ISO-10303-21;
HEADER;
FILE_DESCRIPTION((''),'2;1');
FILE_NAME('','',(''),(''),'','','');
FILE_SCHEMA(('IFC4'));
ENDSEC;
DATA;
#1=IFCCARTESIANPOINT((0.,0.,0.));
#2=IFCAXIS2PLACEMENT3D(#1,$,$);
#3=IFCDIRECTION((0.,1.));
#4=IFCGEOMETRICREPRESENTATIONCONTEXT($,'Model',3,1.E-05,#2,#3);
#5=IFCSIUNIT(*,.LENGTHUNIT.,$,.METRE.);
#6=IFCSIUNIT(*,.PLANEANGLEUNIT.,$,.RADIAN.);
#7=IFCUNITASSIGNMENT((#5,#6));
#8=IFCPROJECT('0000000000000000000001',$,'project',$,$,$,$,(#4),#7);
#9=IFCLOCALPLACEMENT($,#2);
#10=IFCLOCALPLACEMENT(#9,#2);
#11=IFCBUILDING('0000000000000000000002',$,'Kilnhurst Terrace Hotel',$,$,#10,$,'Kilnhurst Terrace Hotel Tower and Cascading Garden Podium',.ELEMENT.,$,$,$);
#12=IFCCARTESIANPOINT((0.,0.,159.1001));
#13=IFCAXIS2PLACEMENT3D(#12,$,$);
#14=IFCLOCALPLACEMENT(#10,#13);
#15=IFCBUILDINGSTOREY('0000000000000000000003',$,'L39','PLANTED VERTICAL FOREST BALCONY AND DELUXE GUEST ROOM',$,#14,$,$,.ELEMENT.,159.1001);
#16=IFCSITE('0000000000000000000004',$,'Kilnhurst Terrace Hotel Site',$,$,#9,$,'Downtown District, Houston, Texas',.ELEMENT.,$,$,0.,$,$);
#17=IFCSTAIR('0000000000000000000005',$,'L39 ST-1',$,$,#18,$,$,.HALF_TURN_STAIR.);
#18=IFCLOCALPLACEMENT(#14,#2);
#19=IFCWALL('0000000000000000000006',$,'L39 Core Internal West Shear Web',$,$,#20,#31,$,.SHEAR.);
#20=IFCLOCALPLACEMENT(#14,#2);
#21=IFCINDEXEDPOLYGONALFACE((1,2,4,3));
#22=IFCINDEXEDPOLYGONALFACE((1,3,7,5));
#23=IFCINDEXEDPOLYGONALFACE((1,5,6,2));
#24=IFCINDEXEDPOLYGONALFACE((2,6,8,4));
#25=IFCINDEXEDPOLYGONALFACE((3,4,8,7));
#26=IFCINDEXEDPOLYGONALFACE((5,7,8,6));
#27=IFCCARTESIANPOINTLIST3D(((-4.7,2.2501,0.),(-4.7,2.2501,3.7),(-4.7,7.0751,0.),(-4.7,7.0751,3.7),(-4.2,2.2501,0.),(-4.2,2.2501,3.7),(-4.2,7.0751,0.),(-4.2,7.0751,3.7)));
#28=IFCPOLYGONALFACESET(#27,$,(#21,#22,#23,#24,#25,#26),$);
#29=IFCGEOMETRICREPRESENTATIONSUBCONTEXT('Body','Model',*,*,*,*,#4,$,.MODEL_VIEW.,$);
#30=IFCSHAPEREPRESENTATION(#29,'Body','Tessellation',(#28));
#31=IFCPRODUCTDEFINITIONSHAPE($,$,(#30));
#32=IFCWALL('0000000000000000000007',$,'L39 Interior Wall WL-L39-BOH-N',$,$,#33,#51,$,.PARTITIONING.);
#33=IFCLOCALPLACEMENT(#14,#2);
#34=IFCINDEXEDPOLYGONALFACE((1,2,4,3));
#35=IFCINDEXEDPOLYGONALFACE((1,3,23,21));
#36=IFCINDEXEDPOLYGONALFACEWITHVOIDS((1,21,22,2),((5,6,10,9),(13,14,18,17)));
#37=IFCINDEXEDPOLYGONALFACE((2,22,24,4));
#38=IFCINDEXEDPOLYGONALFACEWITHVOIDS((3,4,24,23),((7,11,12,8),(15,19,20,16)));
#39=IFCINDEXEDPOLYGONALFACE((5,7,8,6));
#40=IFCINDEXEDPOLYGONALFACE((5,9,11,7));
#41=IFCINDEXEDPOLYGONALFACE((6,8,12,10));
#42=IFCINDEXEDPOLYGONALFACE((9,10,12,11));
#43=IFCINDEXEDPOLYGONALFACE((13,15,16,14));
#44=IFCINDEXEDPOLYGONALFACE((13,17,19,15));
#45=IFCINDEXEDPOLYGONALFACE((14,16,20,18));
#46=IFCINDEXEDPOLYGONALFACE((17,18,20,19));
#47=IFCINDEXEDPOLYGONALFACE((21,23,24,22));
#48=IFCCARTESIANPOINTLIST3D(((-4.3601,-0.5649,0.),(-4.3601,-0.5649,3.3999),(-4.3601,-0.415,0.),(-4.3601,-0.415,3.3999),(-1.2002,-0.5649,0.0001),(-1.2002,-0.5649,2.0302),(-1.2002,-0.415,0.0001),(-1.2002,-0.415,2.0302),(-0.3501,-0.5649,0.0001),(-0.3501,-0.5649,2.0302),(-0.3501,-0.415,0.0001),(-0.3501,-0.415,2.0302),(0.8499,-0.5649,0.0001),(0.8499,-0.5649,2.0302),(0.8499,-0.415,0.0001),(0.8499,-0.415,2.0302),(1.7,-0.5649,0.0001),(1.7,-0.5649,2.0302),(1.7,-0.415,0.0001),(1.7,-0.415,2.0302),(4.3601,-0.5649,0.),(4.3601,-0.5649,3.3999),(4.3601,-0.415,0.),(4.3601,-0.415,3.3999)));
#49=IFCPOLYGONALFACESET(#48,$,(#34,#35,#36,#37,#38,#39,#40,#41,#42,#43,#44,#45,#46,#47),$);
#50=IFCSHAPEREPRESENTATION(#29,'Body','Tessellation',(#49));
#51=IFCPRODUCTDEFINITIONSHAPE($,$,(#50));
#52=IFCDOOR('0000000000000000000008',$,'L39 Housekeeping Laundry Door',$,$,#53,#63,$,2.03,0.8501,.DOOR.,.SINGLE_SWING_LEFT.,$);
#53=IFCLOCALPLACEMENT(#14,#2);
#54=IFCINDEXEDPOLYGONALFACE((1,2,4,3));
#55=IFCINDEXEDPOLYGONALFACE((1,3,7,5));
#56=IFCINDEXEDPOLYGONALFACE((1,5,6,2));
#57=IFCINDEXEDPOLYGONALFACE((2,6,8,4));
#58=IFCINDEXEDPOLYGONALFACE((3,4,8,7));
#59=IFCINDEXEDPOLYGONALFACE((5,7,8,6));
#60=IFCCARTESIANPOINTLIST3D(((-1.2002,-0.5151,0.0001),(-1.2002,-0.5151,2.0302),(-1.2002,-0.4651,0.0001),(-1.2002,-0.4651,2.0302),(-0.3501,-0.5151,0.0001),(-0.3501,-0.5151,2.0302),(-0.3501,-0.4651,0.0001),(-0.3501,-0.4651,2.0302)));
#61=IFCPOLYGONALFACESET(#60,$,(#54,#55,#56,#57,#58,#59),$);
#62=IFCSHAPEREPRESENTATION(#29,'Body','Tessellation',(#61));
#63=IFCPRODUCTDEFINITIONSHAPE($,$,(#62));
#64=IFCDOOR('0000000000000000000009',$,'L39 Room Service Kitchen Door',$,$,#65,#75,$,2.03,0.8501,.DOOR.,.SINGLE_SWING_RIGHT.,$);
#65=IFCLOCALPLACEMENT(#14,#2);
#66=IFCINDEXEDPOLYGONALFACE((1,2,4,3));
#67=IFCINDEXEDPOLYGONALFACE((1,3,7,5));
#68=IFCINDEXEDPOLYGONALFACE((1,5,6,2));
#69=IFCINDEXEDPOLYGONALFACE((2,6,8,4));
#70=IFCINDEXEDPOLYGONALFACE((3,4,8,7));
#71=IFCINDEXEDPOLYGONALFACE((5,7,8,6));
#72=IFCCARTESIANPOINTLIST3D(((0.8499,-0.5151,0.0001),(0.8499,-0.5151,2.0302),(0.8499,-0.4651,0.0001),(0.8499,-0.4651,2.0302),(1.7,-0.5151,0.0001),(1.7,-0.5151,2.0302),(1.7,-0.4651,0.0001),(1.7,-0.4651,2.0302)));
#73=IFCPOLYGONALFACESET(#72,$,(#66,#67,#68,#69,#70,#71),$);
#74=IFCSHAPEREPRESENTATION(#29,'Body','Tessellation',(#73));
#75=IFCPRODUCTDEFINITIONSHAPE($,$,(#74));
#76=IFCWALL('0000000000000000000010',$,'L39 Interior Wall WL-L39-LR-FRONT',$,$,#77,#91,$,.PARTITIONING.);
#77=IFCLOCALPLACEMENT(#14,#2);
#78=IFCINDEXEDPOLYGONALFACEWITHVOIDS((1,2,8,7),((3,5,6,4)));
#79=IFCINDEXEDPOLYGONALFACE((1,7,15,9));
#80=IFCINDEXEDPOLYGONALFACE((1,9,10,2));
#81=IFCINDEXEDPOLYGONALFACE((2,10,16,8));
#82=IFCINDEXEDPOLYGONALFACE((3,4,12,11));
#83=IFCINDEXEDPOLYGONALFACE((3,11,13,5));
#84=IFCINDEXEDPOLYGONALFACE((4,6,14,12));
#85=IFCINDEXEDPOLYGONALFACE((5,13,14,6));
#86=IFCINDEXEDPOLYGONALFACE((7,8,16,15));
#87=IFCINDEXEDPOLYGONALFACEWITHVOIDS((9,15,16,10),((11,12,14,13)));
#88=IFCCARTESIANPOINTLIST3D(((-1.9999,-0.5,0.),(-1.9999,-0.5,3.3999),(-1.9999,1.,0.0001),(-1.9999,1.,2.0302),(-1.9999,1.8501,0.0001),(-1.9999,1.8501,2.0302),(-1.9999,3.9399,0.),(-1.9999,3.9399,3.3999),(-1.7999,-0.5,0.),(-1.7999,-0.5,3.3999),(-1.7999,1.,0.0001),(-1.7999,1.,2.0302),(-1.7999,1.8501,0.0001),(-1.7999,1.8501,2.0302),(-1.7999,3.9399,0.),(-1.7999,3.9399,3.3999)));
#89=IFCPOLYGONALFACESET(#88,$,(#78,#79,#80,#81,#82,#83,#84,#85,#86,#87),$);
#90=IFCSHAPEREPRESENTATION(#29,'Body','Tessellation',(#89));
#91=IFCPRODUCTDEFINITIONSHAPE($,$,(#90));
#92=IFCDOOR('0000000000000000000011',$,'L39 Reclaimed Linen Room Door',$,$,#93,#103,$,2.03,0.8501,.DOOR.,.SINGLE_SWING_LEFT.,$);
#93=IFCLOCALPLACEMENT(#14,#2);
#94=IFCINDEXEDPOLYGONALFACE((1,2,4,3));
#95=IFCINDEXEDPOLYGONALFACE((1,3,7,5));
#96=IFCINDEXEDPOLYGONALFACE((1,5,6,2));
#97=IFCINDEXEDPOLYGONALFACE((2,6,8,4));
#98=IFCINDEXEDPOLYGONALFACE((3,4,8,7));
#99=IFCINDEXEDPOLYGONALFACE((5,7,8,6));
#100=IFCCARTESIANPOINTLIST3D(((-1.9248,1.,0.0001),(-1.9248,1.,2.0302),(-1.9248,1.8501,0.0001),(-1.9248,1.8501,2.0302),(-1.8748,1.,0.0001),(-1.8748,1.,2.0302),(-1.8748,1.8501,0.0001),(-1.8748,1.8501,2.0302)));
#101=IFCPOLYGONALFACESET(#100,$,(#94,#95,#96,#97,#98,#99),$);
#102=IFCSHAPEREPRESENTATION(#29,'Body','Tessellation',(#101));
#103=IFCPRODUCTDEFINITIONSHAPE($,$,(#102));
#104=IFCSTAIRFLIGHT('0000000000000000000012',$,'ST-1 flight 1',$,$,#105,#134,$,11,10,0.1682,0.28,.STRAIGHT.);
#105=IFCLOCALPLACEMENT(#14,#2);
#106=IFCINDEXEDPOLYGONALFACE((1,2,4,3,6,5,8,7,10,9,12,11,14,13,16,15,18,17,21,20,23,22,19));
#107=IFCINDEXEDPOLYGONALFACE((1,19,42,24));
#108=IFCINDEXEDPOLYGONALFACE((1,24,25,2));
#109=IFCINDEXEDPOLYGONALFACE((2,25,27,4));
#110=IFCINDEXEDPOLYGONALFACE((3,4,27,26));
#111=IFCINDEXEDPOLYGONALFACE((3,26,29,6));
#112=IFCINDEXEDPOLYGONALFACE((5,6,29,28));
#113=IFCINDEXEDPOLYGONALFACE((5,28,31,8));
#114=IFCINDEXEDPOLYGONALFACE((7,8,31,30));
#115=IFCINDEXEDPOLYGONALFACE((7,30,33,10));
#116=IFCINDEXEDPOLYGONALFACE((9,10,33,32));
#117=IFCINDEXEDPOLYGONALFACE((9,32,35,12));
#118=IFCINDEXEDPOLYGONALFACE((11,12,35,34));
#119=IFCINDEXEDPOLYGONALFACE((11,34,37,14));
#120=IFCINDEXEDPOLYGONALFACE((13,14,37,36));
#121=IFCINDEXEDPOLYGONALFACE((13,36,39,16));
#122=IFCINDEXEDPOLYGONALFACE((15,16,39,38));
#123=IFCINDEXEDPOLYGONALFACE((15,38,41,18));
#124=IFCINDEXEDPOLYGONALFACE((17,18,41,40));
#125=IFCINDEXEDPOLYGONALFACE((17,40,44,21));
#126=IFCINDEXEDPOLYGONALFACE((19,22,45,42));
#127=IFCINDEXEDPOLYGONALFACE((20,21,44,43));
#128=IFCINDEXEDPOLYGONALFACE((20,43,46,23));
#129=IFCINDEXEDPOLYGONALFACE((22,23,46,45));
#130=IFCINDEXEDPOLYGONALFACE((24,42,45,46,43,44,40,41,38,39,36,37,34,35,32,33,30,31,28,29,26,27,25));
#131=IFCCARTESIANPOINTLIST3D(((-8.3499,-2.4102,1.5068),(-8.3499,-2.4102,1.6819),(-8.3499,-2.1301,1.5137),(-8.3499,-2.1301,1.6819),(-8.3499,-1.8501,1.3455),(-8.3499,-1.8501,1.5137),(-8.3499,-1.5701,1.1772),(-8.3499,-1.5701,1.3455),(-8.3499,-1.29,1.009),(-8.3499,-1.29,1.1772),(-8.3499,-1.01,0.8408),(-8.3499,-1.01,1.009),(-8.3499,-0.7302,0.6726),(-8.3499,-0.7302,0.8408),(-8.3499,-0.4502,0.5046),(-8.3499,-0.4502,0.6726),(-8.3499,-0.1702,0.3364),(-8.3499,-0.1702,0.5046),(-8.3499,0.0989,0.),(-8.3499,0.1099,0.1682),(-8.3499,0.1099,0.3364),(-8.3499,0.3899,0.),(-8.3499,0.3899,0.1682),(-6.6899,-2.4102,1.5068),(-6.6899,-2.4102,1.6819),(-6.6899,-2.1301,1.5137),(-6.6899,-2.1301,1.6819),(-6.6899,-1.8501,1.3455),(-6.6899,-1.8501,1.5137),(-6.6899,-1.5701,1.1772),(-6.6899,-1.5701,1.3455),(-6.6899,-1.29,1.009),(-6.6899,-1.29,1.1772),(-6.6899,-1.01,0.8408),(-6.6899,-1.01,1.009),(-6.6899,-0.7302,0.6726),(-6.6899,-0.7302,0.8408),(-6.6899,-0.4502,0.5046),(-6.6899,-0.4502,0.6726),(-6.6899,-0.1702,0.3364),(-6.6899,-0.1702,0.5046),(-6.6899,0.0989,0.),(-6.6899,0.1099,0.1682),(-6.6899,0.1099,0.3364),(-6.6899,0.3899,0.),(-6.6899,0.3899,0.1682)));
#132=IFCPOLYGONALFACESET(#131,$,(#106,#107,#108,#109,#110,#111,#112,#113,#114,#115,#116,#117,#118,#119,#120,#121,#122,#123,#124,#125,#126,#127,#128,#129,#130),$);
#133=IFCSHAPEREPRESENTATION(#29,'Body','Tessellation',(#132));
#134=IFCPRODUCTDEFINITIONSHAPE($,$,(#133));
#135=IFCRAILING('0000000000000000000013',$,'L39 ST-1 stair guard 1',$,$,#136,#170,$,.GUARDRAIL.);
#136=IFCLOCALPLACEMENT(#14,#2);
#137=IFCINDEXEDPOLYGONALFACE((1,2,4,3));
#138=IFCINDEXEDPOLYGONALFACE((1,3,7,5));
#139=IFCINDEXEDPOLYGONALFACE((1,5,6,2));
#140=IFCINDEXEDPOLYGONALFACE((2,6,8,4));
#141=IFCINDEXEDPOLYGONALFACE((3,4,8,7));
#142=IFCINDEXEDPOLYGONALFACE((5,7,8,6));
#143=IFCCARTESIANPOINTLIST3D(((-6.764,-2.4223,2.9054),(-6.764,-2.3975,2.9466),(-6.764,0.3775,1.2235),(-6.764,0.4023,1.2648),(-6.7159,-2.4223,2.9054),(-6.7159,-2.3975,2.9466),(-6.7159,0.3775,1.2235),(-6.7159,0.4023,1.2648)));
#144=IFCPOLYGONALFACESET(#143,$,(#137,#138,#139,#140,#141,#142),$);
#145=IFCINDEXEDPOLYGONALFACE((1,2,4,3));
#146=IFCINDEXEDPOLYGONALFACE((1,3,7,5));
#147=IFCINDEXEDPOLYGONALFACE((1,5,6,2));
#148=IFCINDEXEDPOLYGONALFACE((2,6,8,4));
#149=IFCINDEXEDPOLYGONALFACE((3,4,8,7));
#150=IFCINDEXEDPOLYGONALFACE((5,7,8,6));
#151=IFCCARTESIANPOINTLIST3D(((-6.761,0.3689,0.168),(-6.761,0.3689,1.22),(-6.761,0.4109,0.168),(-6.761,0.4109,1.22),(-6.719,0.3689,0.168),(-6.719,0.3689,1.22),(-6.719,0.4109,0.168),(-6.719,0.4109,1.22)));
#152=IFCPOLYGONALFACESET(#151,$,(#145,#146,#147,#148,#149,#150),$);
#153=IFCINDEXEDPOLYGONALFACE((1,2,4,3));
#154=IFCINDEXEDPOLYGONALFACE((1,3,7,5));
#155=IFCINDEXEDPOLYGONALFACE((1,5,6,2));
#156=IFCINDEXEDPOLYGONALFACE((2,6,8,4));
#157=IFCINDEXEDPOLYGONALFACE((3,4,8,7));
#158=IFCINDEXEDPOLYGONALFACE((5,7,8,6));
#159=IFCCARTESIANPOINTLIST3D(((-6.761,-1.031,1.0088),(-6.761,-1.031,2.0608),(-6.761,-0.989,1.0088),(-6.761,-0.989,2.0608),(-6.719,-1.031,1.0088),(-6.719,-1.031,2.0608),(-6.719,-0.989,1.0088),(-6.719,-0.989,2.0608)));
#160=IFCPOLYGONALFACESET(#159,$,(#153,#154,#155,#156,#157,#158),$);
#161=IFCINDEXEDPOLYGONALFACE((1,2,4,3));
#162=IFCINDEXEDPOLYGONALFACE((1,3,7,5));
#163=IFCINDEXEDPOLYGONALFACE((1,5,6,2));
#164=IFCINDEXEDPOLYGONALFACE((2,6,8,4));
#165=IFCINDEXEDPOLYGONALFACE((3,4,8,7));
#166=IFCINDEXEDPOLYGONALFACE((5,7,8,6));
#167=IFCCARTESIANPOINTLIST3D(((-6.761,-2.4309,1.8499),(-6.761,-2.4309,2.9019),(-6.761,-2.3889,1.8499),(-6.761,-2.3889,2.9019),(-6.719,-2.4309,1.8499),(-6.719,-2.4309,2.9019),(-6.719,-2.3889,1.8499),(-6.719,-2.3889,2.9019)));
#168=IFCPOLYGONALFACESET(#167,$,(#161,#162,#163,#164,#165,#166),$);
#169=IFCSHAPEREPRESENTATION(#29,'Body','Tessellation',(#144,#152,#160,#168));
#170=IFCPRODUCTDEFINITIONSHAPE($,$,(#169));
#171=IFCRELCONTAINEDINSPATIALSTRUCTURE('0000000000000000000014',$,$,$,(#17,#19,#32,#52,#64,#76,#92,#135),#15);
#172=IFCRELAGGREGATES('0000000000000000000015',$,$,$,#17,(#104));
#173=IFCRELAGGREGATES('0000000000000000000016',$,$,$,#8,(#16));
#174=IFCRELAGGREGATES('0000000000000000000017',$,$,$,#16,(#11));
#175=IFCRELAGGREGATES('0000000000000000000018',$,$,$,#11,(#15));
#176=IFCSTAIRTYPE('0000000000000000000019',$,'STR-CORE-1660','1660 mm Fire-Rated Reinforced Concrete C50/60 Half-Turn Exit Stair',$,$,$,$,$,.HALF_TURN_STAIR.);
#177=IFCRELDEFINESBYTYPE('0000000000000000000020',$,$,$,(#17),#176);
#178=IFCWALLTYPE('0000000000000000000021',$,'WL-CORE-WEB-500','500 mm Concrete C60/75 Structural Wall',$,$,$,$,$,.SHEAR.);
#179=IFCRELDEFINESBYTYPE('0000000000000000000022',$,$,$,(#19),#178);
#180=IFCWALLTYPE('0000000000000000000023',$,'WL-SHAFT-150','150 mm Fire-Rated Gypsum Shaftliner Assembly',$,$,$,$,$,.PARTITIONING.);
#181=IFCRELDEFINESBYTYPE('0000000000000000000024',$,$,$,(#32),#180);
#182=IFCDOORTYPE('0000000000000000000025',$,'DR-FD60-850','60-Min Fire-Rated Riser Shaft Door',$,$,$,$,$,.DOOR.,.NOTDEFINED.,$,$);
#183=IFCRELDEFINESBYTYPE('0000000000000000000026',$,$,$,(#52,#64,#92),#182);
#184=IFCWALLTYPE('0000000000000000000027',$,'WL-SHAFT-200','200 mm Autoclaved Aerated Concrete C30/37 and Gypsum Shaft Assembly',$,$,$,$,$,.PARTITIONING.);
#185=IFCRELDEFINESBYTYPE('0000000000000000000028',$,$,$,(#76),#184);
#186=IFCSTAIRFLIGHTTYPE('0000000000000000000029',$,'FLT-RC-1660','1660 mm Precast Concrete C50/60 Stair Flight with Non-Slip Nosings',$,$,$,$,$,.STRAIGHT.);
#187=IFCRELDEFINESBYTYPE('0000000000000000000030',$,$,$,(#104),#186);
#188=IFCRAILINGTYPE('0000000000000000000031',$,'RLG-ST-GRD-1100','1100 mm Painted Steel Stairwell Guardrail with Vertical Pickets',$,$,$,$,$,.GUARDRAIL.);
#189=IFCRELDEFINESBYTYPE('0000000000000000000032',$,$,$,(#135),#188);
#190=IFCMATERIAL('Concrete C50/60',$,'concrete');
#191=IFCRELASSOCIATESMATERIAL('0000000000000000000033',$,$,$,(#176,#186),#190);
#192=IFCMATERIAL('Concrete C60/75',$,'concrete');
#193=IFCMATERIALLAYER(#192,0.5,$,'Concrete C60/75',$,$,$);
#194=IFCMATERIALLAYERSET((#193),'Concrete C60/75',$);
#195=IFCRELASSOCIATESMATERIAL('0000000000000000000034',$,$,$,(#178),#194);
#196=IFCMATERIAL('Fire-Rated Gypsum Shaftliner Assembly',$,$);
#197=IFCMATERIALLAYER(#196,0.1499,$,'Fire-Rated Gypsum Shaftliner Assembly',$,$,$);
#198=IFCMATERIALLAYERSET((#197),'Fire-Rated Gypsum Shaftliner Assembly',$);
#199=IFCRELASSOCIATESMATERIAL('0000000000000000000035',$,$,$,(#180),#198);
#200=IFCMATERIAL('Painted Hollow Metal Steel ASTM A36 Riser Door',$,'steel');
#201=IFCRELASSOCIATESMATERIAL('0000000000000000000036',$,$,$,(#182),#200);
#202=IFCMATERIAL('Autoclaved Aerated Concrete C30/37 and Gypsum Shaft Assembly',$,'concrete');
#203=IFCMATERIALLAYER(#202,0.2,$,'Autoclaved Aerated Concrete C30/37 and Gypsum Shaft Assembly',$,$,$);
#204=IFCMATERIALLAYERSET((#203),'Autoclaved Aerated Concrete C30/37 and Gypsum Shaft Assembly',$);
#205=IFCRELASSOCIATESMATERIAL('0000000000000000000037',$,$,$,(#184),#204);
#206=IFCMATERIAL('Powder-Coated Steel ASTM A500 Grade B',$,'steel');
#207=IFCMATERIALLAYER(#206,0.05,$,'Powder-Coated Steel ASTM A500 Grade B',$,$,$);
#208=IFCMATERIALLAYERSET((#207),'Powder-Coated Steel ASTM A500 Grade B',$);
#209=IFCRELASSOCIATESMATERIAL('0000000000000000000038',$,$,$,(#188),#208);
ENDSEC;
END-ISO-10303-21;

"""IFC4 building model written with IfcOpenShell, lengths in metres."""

from ifc_helpers import new_model, si_unit, direction, frame, frame_2d, origin, origin_2d, place, context, subcontext, project, spatial, polyline, rectangle, outline, extrude, material, layer, layer_set, type_object, element, fill, aggregate, save


model = new_model("IFC4")

# Units and contexts
model_context = context("Model", 3, precision=1e-05, world=origin(), true_north=direction((0.0, 1.0)))
body_context = subcontext(model_context, "Body", "Model", "MODEL_VIEW")
ifc_project = project(units=[si_unit("LENGTHUNIT", "METRE"), si_unit("PLANEANGLEUNIT", "RADIAN")], contexts=[model_context])

# Site, building, storey
site_placement = place(None, origin())
site = spatial("IfcSite", under=ifc_project, at=site_placement, Name="Kilnhurst Terrace Hotel Site", LongName="Downtown District, Houston, Texas", CompositionType="ELEMENT", RefElevation=0.0)
building_placement = place(site_placement, origin())
building = spatial("IfcBuilding", under=site, at=building_placement, Name="Kilnhurst Terrace Hotel", LongName="Kilnhurst Terrace Hotel Tower and Cascading Garden Podium", CompositionType="ELEMENT")
storey_placement = place(building_placement, frame((0.0, 0.0, 159.1001)))
storey = spatial("IfcBuildingStorey", under=building, at=storey_placement, Name="L39", Description="PLANTED VERTICAL FOREST BALCONY AND DELUXE GUEST ROOM", CompositionType="ELEMENT", Elevation=159.1001)

# Shared definitions
ifc_material_1 = material(Name="Concrete C50/60", Category="concrete")

# Stair
stair_type = type_object("IfcStairType", Name="STR-CORE-1660", Description="1660 mm Fire-Rated Reinforced Concrete C50/60 Half-Turn Exit Stair", PredefinedType="HALF_TURN_STAIR", material=ifc_material_1)
stair_1_placement = place(storey_placement, origin())
stair_1 = element("IfcStair", 1, at=stair_1_placement, inside=storey, type_object=stair_type, Name="L39 ST-1", PredefinedType="HALF_TURN_STAIR")

# Wall
ifc_material_2 = material(Name="Concrete C60/75", Category="concrete")
ifc_layer_1 = layer(ifc_material_2, 0.5, Name="Concrete C60/75")
ifc_layer_set_1 = layer_set([ifc_layer_1], Name="Concrete C60/75")
wall_type_1 = type_object("IfcWallType", Name="WL-CORE-WEB-500", Description="500 mm Concrete C60/75 Structural Wall", PredefinedType="SHEAR", material=ifc_layer_set_1)
wall_1_placement = place(storey_placement, frame((-4.45, 2.25, 0.0), z_axis=(0.0, 0.0, 1.0), x_axis=(0.0, 1.0, 0.0)))
element("IfcWall", 2, at=wall_1_placement, inside=storey, type_object=wall_type_1, Name="L39 Core Internal West Shear Web", PredefinedType="SHEAR", context=body_context, shape_type="SweptSolid", body=[
    extrude(rectangle(XDim=4.825, YDim=0.5, at=frame_2d((2.4126, 0.0))), origin(), (0.0, 0.0, 1.0), 3.7),
])

# Wall, openings, doors
ifc_material_3 = material(Name="Fire-Rated Gypsum Shaftliner Assembly")
ifc_layer_2 = layer(ifc_material_3, 0.1499, Name="Fire-Rated Gypsum Shaftliner Assembly")
ifc_layer_set_2 = layer_set([ifc_layer_2], Name="Fire-Rated Gypsum Shaftliner Assembly")
wall_type_2 = type_object("IfcWallType", Name="WL-SHAFT-150", Description="150 mm Fire-Rated Gypsum Shaftliner Assembly", PredefinedType="PARTITIONING", material=ifc_layer_set_2)
wall_2_placement = place(storey_placement, frame((-4.3601, -0.49, 0.0), z_axis=(0.0, 0.0, 1.0), x_axis=(1.0, 0.0, 0.0)))
wall_2 = element("IfcWall", 3, at=wall_2_placement, inside=storey, type_object=wall_type_2, Name="L39 Interior Wall WL-L39-BOH-N", PredefinedType="PARTITIONING", context=body_context, shape_type="SweptSolid", body=[
    extrude(rectangle(XDim=8.7202, YDim=0.1499, at=frame_2d((4.3601, 0.0))), origin(), (0.0, 0.0, 1.0), 3.3999),
])
opening_1_placement = place(wall_2_placement, frame((3.1599, 0.0, 0.0)))
opening_1 = element("IfcOpeningElement", 4, at=opening_1_placement, cuts=wall_2, PredefinedType="OPENING", context=body_context, shape_type="SweptSolid", body=[
    extrude(rectangle(XDim=0.8501, YDim=2.03, at=frame_2d((0.425, 1.0151))), frame((0.0, 0.085, 0.0), z_axis=(0.0, -1.0, 0.0), x_axis=(1.0, 0.0, 0.0)), (0.0, 0.0, 1.0), 0.1699),
])
opening_2_placement = place(wall_2_placement, frame((5.21, 0.0, 0.0)))
opening_2 = element("IfcOpeningElement", 5, at=opening_2_placement, cuts=wall_2, PredefinedType="OPENING", context=body_context, shape_type="SweptSolid", body=[
    extrude(rectangle(XDim=0.8501, YDim=2.03, at=frame_2d((0.425, 1.0151))), frame((0.0, 0.085, 0.0), z_axis=(0.0, -1.0, 0.0), x_axis=(1.0, 0.0, 0.0)), (0.0, 0.0, 1.0), 0.1699),
])
ifc_material_4 = material(Name="Painted Hollow Metal Steel ASTM A36 Riser Door", Category="steel")
door_type_1 = type_object("IfcDoorType", Name="DR-FD60-850", Description="60-Min Fire-Rated Riser Shaft Door", OperationType="NOTDEFINED", PredefinedType="DOOR", material=ifc_material_4)
door_1_placement = place(opening_1_placement, origin())
door_1 = element("IfcDoor", 6, at=door_1_placement, inside=storey, type_object=door_type_1, Name="L39 Housekeeping Laundry Door", OperationType="SINGLE_SWING_LEFT", OverallHeight=2.03, OverallWidth=0.8501, PredefinedType="DOOR", context=body_context, shape_type="SweptSolid", body=[
    extrude(rectangle(XDim=0.8501, YDim=2.03, at=frame_2d((0.425, 1.0151))), frame((0.0, 0.0249, 0.0), z_axis=(0.0, -1.0, 0.0), x_axis=(1.0, 0.0, 0.0)), (0.0, 0.0, 1.0), 0.05),
])
fill(opening_1, door_1)
door_2_placement = place(opening_2_placement, origin())
door_2 = element("IfcDoor", 7, at=door_2_placement, inside=storey, type_object=door_type_1, Name="L39 Room Service Kitchen Door", OperationType="SINGLE_SWING_RIGHT", OverallHeight=2.03, OverallWidth=0.8501, PredefinedType="DOOR", context=body_context, shape_type="SweptSolid", body=[
    extrude(rectangle(XDim=0.8501, YDim=2.03, at=frame_2d((0.425, 1.0151))), frame((0.0, 0.0249, 0.0), z_axis=(0.0, -1.0, 0.0), x_axis=(1.0, 0.0, 0.0)), (0.0, 0.0, 1.0), 0.05),
])
fill(opening_2, door_2)

# Wall, opening, door
ifc_material_5 = material(Name="Autoclaved Aerated Concrete C30/37 and Gypsum Shaft Assembly", Category="concrete")
ifc_layer_3 = layer(ifc_material_5, 0.2, Name="Autoclaved Aerated Concrete C30/37 and Gypsum Shaft Assembly")
ifc_layer_set_3 = layer_set([ifc_layer_3], Name="Autoclaved Aerated Concrete C30/37 and Gypsum Shaft Assembly")
wall_type_3 = type_object("IfcWallType", Name="WL-SHAFT-200", Description="200 mm Autoclaved Aerated Concrete C30/37 and Gypsum Shaft Assembly", PredefinedType="PARTITIONING", material=ifc_layer_set_3)
wall_3_placement = place(storey_placement, frame((-1.8999, -0.5, 0.0), z_axis=(0.0, 0.0, 1.0), x_axis=(0.0, 1.0, 0.0)))
wall_3 = element("IfcWall", 8, at=wall_3_placement, inside=storey, type_object=wall_type_3, Name="L39 Interior Wall WL-L39-LR-FRONT", PredefinedType="PARTITIONING", context=body_context, shape_type="SweptSolid", body=[
    extrude(rectangle(XDim=4.4399, YDim=0.2, at=frame_2d((2.22, 0.0))), origin(), (0.0, 0.0, 1.0), 3.3999),
])
opening_3_placement = place(wall_3_placement, frame((1.5, 0.0, 0.0)))
opening_3 = element("IfcOpeningElement", 9, at=opening_3_placement, cuts=wall_3, PredefinedType="OPENING", context=body_context, shape_type="SweptSolid", body=[
    extrude(rectangle(XDim=0.8501, YDim=2.03, at=frame_2d((0.425, 1.0151))), frame((0.0, 0.1099, 0.0), z_axis=(0.0, -1.0, 0.0), x_axis=(1.0, 0.0, 0.0)), (0.0, 0.0, 1.0), 0.22),
])
door_3_placement = place(opening_3_placement, origin())
door_3 = element("IfcDoor", 10, at=door_3_placement, inside=storey, type_object=door_type_1, Name="L39 Reclaimed Linen Room Door", OperationType="SINGLE_SWING_LEFT", OverallHeight=2.03, OverallWidth=0.8501, PredefinedType="DOOR", context=body_context, shape_type="SweptSolid", body=[
    extrude(rectangle(XDim=0.8501, YDim=2.03, at=frame_2d((0.425, 1.0151))), frame((0.0, 0.0249, 0.0), z_axis=(0.0, -1.0, 0.0), x_axis=(1.0, 0.0, 0.0)), (0.0, 0.0, 1.0), 0.05),
])
fill(opening_3, door_3)

# Stair flight
stair_flight_type = type_object("IfcStairFlightType", Name="FLT-RC-1660", Description="1660 mm Precast Concrete C50/60 Stair Flight with Non-Slip Nosings", PredefinedType="STRAIGHT", material=ifc_material_1)
stair_flight_placement = place(storey_placement, frame((-7.52, 0.3899, 0.0), z_axis=(0.0, 0.0, 1.0), x_axis=(0.0, -1.0, 0.0)))
stair_flight = element("IfcStairFlight", 11, at=stair_flight_placement, type_object=stair_flight_type, Name="ST-1 flight 1", NumberOfRisers=11, NumberOfTreads=10, PredefinedType="STRAIGHT", RiserHeight=0.1682, TreadLength=0.28, context=body_context, shape_type="SweptSolid", body=[
    extrude(outline(polyline([(0.0, 0.0), (0.0, 0.1682), (0.28, 0.1682), (0.28, 0.3364), (0.5601, 0.3364), (0.5601, 0.5046), (0.8401, 0.5046), (0.8401, 0.6726), (1.1201, 0.6726), (1.1201, 0.8408), (1.3999, 0.8408), (1.3999, 1.009), (1.6799, 1.009), (1.6799, 1.1772), (1.96, 1.1772), (1.96, 1.3455), (2.24, 1.3455), (2.24, 1.5137), (2.52, 1.5137), (2.52, 1.6819), (2.8, 1.6819), (2.8, 1.8501), (2.8, 1.5068), (0.291, 0.0), (0.0, 0.0)])), frame((0.0, 0.8301, 0.0), z_axis=(0.0, -1.0, 0.0), x_axis=(1.0, 0.0, 0.0)), (0.0, 0.0, 1.0), 1.6599),
])
aggregate(stair_1, [stair_flight])

# Railing
ifc_material_6 = material(Name="Powder-Coated Steel ASTM A500 Grade B", Category="steel")
ifc_layer_4 = layer(ifc_material_6, 0.05, Name="Powder-Coated Steel ASTM A500 Grade B")
ifc_layer_set_4 = layer_set([ifc_layer_4], Name="Powder-Coated Steel ASTM A500 Grade B")
railing_type_1 = type_object("IfcRailingType", Name="RLG-ST-GRD-1100", Description="1100 mm Painted Steel Stairwell Guardrail with Vertical Pickets", PredefinedType="GUARDRAIL", material=ifc_layer_set_4)
railing_1_placement = place(storey_placement, frame((-6.74, 0.3899, 0.168)))
element("IfcRailing", 12, at=railing_1_placement, inside=storey, type_object=railing_type_1, Name="L39 ST-1 stair guard 1", PredefinedType="GUARDRAIL", context=body_context, shape_type="SweptSolid", body=[
    extrude(rectangle(XDim=0.0481, YDim=0.0481, at=origin_2d()), frame((0.0, 0.0, 1.0762), z_axis=(0.0, -0.857222, 0.514946), x_axis=(1.0, 0.0, 0.0)), (0.0, 0.0, 1.0), 3.2661),
    extrude(rectangle(XDim=0.042, YDim=0.042, at=origin_2d()), origin(), (0.0, 0.0, 1.0), 1.052),
    extrude(rectangle(XDim=0.042, YDim=0.042, at=origin_2d()), frame((0.0, -1.3999, 0.8408)), (0.0, 0.0, 1.0), 1.052),
    extrude(rectangle(XDim=0.042, YDim=0.042, at=origin_2d()), frame((0.0, -2.7998, 1.6819)), (0.0, 0.0, 1.0), 1.052),
])

save(model, "model.ifc")
